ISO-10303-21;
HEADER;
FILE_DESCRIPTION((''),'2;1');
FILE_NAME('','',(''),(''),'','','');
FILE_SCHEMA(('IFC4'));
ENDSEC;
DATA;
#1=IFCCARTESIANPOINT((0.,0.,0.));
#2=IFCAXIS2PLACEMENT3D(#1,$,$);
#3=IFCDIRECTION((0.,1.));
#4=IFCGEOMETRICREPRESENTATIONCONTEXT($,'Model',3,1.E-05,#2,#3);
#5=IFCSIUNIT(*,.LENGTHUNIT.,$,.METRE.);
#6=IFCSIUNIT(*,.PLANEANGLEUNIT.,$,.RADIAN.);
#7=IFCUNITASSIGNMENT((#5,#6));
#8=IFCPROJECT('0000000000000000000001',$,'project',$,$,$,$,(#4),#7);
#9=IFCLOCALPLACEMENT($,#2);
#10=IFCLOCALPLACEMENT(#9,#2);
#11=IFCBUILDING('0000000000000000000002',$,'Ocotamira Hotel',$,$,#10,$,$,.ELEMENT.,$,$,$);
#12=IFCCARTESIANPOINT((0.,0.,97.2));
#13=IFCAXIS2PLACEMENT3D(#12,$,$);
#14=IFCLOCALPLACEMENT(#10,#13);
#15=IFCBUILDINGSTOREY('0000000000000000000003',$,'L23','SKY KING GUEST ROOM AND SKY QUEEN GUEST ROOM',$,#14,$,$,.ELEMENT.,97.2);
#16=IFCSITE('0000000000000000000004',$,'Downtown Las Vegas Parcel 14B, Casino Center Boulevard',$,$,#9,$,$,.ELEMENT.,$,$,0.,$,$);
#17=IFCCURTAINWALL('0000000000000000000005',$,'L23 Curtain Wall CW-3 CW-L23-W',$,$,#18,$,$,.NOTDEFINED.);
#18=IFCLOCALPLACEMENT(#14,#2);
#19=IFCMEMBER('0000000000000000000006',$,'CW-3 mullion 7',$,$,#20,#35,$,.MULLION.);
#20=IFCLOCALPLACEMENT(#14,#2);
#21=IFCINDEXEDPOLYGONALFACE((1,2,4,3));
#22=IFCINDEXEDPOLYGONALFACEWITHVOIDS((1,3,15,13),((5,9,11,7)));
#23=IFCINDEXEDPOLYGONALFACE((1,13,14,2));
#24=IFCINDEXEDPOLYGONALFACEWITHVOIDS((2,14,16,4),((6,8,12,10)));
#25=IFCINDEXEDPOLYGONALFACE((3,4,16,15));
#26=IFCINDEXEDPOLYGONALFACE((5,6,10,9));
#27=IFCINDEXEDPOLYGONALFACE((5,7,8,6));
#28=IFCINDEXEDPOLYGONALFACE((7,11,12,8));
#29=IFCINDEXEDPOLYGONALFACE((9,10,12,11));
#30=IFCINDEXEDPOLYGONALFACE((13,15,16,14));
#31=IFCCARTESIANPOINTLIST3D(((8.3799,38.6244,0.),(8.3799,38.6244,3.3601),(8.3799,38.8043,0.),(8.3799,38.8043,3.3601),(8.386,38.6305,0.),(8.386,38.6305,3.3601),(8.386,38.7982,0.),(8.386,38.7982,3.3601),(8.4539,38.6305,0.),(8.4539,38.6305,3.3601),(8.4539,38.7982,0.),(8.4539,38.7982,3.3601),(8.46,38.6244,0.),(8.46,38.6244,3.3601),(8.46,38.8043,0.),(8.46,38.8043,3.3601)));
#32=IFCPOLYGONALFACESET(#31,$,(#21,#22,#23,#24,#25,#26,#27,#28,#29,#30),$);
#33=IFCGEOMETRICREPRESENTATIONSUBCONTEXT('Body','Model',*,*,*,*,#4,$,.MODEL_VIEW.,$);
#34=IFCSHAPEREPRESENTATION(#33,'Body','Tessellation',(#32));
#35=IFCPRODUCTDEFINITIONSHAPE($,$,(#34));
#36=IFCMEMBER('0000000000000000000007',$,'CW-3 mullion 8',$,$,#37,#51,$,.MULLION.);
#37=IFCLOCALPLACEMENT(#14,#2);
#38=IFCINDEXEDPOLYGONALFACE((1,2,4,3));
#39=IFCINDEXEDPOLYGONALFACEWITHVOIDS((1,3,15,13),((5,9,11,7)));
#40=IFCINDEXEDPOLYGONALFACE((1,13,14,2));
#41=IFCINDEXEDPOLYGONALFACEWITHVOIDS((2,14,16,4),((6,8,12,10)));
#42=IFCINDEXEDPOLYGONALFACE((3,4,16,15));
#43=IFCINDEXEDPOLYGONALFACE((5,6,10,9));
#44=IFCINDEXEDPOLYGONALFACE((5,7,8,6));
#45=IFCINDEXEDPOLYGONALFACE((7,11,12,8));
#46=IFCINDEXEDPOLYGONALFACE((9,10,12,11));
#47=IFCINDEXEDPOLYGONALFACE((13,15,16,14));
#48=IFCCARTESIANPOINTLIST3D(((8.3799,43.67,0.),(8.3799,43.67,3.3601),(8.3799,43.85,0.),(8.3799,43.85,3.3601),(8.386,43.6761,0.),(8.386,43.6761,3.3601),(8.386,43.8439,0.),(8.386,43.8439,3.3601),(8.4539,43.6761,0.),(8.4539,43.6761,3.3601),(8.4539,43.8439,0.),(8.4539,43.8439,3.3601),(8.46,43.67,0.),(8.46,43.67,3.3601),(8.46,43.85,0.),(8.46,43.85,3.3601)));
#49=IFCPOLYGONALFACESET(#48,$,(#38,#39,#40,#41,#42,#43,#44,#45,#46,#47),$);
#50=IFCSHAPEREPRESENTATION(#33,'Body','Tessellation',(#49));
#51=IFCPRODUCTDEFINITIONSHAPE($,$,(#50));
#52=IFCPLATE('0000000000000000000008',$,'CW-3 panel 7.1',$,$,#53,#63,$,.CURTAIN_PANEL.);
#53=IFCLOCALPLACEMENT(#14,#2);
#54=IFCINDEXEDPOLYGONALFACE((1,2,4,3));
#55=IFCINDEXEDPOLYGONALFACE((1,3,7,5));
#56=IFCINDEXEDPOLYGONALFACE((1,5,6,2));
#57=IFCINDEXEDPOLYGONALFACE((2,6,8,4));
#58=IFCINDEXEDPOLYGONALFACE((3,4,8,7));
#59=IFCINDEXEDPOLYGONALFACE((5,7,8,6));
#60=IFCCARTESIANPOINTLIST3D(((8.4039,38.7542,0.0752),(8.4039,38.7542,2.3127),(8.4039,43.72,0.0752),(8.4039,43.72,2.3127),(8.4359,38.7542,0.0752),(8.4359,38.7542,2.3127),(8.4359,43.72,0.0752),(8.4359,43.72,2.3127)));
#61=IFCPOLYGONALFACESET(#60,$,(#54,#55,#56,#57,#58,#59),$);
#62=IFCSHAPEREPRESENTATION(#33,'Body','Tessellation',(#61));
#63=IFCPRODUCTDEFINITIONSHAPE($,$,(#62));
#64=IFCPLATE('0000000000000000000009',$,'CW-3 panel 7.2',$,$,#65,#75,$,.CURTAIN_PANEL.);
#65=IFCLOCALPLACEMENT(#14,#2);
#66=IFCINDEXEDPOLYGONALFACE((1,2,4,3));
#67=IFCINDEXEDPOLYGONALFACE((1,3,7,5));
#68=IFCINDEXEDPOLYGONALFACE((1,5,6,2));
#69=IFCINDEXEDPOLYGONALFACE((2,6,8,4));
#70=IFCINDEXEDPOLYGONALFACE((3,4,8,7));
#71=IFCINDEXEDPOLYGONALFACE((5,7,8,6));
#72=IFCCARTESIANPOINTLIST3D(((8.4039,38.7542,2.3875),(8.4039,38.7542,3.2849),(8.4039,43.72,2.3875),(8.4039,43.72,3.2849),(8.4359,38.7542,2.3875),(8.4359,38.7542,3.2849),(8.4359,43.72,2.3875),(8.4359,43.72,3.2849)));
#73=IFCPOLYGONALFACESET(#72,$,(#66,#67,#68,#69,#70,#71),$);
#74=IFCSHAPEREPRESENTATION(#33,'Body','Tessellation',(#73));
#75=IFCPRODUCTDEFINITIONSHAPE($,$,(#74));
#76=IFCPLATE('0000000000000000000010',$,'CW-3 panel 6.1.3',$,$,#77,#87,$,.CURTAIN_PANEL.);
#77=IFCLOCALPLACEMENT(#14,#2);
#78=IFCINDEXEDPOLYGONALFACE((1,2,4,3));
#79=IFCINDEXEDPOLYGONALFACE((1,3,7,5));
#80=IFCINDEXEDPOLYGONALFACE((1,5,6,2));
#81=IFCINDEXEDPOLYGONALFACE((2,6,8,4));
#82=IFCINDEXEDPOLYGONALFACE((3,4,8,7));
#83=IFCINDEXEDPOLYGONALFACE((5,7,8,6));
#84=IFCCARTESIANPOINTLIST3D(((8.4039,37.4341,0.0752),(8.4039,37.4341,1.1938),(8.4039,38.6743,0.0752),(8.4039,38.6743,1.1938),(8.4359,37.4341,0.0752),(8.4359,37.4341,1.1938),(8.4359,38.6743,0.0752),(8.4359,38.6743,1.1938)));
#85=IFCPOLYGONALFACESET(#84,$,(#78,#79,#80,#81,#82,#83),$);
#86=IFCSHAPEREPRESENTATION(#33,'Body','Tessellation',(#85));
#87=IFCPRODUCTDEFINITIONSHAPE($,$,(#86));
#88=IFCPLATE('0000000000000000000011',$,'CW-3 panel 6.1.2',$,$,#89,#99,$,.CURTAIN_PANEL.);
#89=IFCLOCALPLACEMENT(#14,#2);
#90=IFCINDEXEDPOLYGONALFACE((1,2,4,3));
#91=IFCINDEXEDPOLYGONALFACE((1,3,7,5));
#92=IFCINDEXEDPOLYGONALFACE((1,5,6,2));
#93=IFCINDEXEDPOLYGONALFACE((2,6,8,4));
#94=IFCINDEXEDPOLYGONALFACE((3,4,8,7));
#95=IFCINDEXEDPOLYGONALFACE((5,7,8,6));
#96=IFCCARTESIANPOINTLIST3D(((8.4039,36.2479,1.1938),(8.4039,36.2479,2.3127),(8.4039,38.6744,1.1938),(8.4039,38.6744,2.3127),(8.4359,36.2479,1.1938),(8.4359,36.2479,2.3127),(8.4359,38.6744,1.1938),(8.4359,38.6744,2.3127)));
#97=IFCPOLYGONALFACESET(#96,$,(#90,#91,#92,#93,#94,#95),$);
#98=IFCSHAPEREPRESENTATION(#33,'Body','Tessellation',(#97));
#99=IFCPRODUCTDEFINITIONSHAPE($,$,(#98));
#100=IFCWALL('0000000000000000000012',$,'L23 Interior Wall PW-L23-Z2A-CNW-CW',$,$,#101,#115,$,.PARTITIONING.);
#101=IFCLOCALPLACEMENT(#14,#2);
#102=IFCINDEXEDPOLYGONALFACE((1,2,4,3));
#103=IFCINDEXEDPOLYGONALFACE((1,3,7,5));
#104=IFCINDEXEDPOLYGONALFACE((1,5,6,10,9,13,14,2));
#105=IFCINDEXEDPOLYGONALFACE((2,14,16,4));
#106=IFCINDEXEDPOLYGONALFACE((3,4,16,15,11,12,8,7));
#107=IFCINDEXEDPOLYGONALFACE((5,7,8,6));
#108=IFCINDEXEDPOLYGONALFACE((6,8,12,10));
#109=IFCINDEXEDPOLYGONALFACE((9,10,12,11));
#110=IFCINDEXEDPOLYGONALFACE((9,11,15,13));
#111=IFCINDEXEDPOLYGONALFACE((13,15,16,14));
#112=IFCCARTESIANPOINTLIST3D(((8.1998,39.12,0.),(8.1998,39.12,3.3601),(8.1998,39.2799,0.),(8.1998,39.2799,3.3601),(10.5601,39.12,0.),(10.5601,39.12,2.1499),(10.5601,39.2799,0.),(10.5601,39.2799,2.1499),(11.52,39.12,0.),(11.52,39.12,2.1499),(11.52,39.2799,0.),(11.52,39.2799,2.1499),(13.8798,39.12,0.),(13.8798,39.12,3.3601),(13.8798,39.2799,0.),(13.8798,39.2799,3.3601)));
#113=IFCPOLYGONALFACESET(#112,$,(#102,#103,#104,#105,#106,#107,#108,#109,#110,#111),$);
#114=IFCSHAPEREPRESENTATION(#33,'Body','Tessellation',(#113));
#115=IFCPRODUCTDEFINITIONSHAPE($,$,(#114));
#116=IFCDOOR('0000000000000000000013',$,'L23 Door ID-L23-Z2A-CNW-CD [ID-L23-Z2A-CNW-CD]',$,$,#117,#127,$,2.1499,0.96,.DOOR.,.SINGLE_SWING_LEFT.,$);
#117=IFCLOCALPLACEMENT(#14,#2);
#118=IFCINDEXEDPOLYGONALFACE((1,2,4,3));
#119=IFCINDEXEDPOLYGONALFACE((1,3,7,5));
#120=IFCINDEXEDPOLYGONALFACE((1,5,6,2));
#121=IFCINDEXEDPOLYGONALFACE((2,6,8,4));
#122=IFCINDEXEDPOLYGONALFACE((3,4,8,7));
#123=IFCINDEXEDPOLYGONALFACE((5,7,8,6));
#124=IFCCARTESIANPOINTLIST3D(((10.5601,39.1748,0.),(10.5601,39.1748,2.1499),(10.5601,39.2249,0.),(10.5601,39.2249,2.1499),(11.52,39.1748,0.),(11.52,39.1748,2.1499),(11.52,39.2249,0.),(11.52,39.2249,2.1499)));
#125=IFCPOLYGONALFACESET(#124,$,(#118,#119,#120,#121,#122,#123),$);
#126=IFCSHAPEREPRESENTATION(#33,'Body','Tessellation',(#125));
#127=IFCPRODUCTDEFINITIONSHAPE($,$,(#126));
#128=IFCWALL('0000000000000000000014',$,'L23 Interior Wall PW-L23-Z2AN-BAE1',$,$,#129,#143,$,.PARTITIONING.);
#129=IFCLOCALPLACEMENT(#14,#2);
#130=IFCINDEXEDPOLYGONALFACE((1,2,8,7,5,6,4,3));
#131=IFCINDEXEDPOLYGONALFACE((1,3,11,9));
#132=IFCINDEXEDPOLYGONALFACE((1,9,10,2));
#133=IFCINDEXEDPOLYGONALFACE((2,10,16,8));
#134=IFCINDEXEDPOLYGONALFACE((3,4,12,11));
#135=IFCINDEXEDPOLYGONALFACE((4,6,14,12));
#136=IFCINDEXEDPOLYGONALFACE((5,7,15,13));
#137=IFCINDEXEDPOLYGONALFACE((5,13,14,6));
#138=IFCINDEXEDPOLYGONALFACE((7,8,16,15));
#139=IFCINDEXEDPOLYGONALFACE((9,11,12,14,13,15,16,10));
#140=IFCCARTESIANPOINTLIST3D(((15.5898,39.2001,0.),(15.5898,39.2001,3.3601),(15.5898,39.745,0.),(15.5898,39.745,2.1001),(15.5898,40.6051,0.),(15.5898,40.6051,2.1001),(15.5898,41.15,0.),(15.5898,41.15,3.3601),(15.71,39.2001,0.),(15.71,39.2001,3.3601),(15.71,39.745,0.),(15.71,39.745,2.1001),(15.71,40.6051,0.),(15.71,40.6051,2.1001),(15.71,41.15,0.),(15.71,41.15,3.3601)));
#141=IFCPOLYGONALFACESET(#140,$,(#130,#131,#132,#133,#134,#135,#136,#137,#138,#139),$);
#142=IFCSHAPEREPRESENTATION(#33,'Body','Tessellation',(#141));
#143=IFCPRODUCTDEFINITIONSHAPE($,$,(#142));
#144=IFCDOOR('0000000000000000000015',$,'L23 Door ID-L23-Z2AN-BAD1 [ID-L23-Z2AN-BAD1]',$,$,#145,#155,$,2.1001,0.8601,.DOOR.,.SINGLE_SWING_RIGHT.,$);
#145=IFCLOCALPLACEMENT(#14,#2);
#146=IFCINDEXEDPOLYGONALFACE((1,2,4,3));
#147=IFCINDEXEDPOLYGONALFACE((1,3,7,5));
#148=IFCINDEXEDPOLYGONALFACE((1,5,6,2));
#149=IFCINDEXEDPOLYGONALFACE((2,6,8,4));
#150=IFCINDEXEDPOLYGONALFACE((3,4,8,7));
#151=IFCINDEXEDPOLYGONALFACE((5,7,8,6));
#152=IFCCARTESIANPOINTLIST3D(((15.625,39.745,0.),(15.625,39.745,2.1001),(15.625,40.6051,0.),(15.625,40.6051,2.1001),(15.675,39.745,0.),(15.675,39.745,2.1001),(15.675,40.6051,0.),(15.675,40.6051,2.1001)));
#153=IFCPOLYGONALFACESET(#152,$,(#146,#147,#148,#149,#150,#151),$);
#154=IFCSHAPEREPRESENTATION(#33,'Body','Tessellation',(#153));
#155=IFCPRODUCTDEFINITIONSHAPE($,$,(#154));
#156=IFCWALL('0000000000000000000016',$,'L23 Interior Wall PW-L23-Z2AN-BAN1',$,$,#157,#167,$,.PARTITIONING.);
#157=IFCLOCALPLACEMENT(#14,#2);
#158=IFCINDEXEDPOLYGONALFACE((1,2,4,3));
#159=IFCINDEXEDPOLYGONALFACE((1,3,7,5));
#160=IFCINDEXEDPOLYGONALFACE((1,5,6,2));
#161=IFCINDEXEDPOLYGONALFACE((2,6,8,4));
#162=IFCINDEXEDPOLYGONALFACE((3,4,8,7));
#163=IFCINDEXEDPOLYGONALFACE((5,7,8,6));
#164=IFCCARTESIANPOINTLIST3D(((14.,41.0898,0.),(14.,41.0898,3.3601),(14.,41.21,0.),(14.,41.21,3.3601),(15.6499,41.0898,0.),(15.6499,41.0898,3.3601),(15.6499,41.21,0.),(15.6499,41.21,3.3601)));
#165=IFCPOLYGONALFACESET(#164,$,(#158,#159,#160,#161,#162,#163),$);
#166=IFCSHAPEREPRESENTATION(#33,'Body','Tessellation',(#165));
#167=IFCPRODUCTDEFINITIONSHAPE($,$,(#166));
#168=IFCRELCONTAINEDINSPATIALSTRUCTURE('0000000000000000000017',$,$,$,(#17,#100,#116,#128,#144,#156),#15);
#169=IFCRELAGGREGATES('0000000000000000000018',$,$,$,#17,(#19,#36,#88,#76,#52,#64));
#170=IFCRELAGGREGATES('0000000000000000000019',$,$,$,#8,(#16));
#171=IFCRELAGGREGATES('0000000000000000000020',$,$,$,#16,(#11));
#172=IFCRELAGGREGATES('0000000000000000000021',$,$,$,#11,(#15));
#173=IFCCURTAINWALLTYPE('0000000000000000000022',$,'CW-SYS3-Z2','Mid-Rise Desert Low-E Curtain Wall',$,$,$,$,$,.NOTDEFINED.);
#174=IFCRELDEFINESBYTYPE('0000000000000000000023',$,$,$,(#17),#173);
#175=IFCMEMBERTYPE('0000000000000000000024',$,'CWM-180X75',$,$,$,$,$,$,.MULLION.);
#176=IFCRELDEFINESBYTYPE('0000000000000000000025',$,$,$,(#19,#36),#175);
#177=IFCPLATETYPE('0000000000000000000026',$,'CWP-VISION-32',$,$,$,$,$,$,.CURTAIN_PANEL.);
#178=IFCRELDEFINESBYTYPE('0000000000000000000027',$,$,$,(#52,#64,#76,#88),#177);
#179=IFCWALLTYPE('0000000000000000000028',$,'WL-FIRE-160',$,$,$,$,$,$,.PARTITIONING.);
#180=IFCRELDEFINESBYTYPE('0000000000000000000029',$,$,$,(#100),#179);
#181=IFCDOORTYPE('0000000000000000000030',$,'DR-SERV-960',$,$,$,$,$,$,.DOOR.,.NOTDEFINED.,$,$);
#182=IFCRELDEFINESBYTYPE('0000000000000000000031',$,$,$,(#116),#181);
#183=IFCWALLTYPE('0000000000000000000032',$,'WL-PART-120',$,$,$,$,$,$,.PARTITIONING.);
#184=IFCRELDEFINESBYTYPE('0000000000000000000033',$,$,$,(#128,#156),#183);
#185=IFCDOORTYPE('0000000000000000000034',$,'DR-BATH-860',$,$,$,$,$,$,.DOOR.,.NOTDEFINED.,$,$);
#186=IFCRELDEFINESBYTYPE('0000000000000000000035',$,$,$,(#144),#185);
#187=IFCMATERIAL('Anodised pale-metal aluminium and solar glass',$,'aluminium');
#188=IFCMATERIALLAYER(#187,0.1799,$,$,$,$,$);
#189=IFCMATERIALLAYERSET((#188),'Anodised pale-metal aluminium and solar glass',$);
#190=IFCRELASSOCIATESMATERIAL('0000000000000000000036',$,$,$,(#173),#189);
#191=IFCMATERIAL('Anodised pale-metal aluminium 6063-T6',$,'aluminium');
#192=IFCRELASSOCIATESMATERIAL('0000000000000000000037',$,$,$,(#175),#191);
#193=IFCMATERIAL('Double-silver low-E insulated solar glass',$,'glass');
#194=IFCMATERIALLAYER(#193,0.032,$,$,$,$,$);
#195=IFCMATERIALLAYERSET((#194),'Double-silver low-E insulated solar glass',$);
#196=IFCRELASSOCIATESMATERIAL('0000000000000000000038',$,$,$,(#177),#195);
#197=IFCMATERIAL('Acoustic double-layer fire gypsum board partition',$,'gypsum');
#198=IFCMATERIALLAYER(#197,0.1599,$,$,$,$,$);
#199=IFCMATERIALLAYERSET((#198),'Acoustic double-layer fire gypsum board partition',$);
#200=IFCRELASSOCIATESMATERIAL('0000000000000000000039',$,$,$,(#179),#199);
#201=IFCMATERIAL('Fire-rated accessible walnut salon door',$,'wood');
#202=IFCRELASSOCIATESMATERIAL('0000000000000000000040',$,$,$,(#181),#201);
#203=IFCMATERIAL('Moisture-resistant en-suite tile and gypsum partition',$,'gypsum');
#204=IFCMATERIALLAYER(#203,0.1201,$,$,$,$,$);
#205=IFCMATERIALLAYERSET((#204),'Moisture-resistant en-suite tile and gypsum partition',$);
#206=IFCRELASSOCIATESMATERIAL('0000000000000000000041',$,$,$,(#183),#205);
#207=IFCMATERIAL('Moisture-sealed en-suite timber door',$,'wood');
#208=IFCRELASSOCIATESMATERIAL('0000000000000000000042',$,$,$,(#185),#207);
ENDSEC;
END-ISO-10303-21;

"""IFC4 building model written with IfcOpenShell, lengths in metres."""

from ifc_helpers import new_model, si_unit, direction, frame, frame_2d, origin, origin_2d, place, context, subcontext, project, spatial, rectangle, hollow_rectangle, extrude, source, transform, mapped, material, layer, layer_set, material_profile, profile_set, type_object, element, fill, aggregate, save


model = new_model("IFC4")

# Units and contexts
model_context = context("Model", 3, precision=1e-05, world=origin(), true_north=direction((0.0, 1.0)))
body_context = subcontext(model_context, "Body", "Model", "MODEL_VIEW")
ifc_project = project(units=[si_unit("LENGTHUNIT", "METRE"), si_unit("PLANEANGLEUNIT", "RADIAN")], contexts=[model_context])

# Site, building, storey
site_placement = place(None, origin())
site = spatial("IfcSite", under=ifc_project, at=site_placement, Name="Downtown Las Vegas Parcel 14B, Casino Center Boulevard", CompositionType="ELEMENT", RefElevation=0.0)
building_placement = place(site_placement, origin())
building = spatial("IfcBuilding", under=site, at=building_placement, Name="Ocotamira Hotel", CompositionType="ELEMENT")
storey_placement = place(building_placement, frame((0.0, 0.0, 97.2)))
storey = spatial("IfcBuildingStorey", under=building, at=storey_placement, Name="L23", Description="SKY KING GUEST ROOM AND SKY QUEEN GUEST ROOM", CompositionType="ELEMENT", Elevation=97.2)

# Curtain wall, members, plates
ifc_material_1 = material(Name="Anodised pale-metal aluminium and solar glass", Category="aluminium")
ifc_layer_1 = layer(ifc_material_1, 0.1799)
ifc_layer_set_1 = layer_set([ifc_layer_1], Name="Anodised pale-metal aluminium and solar glass")
curtain_wall_type = type_object("IfcCurtainWallType", Name="CW-SYS3-Z2", Description="Mid-Rise Desert Low-E Curtain Wall", PredefinedType="NOTDEFINED", material=ifc_layer_set_1)
curtain_wall_placement = place(storey_placement, origin())
curtain_wall = element("IfcCurtainWall", 1, at=curtain_wall_placement, inside=storey, type_object=curtain_wall_type, Name="L23 Curtain Wall CW-3 CW-L23-W", PredefinedType="NOTDEFINED")
ifc_material_2 = material(Name="Anodised pale-metal aluminium 6063-T6", Category="aluminium")
ifc_material_profile_1 = material_profile(ifc_material_2, hollow_rectangle(XDim=0.0801, YDim=0.1799, WallThickness=0.0061, at=origin_2d()), Name="HSS180X80X6")
ifc_profile_set_1 = profile_set([ifc_material_profile_1], Name="Anodised pale-metal aluminium 6063-T6")
member_type_1 = type_object("IfcMemberType", Name="CWM-180X75", PredefinedType="MULLION", material=ifc_profile_set_1)
shared_shape_1 = source(origin(), body_context, "Body", "SweptSolid", [
    extrude(hollow_rectangle(XDim=0.0801, YDim=0.1799, WallThickness=0.0061, at=origin_2d()), origin(), (0.0, 0.0, 1.0), 3.3601),
])
member_1_placement = place(storey_placement, frame((8.4199, 38.7144, 0.0), z_axis=(0.0, 0.0, 1.0), x_axis=(-1.0, 0.0, 0.0)))
member_1 = element("IfcMember", 2, at=member_1_placement, type_object=member_type_1, Name="CW-3 mullion 7", PredefinedType="MULLION", context=body_context, shape_type="MappedRepresentation", body=[
    mapped(shared_shape_1, transform((0.0, 0.0, 0.0), scale=1.0)),
])
member_2_placement = place(storey_placement, frame((8.4199, 43.76, 0.0), z_axis=(0.0, 0.0, 1.0), x_axis=(-1.0, 0.0, 0.0)))
member_2 = element("IfcMember", 3, at=member_2_placement, type_object=member_type_1, Name="CW-3 mullion 8", PredefinedType="MULLION", context=body_context, shape_type="MappedRepresentation", body=[
    mapped(shared_shape_1, transform((0.0, 0.0, 0.0), scale=1.0)),
])
ifc_material_3 = material(Name="Double-silver low-E insulated solar glass", Category="glass")
ifc_layer_2 = layer(ifc_material_3, 0.032)
ifc_layer_set_2 = layer_set([ifc_layer_2], Name="Double-silver low-E insulated solar glass")
plate_type = type_object("IfcPlateType", Name="CWP-VISION-32", PredefinedType="CURTAIN_PANEL", material=ifc_layer_set_2)
shared_shape_2 = source(origin(), body_context, "Body", "SweptSolid", [
    extrude(rectangle(XDim=4.9658, YDim=0.032, at=origin_2d()), origin(), (0.0, 0.0, 1.0), 2.2375),
])
plate_1_placement = place(storey_placement, frame((8.4199, 41.2371, 0.0752), z_axis=(0.0, 0.0, 1.0), x_axis=(0.0, 1.0, 0.0)))
plate_1 = element("IfcPlate", 4, at=plate_1_placement, type_object=plate_type, Name="CW-3 panel 7.1", PredefinedType="CURTAIN_PANEL", context=body_context, shape_type="MappedRepresentation", body=[
    mapped(shared_shape_2, transform((0.0, 0.0, 0.0), scale=1.0)),
])
shared_shape_3 = source(origin(), body_context, "Body", "SweptSolid", [
    extrude(rectangle(XDim=4.9658, YDim=0.032, at=origin_2d()), origin(), (0.0, 0.0, 1.0), 0.8975),
])
plate_2_placement = place(storey_placement, frame((8.4199, 41.2371, 2.3875), z_axis=(0.0, 0.0, 1.0), x_axis=(0.0, 1.0, 0.0)))
plate_2 = element("IfcPlate", 5, at=plate_2_placement, type_object=plate_type, Name="CW-3 panel 7.2", PredefinedType="CURTAIN_PANEL", context=body_context, shape_type="MappedRepresentation", body=[
    mapped(shared_shape_3, transform((0.0, 0.0, 0.0), scale=1.0)),
])
shared_shape_4 = source(origin(), body_context, "Body", "SweptSolid", [
    extrude(rectangle(XDim=1.2402, YDim=0.032, at=origin_2d()), origin(), (0.0, 0.0, 1.0), 1.1187),
])
plate_3_placement = place(storey_placement, frame((8.4199, 38.0542, 0.0752), z_axis=(0.0, 0.0, 1.0), x_axis=(0.0, 1.0, 0.0)))
plate_3 = element("IfcPlate", 6, at=plate_3_placement, type_object=plate_type, Name="CW-3 panel 6.1.3", PredefinedType="CURTAIN_PANEL", context=body_context, shape_type="MappedRepresentation", body=[
    mapped(shared_shape_4, transform((0.0, 0.0, 0.0), scale=1.0)),
])
shared_shape_5 = source(origin(), body_context, "Body", "SweptSolid", [
    extrude(rectangle(XDim=2.4265, YDim=0.032, at=origin_2d()), origin(), (0.0, 0.0, 1.0), 1.1189),
])
plate_4_placement = place(storey_placement, frame((8.4199, 37.4612, 1.1938), z_axis=(0.0, 0.0, 1.0), x_axis=(0.0, 1.0, 0.0)))
plate_4 = element("IfcPlate", 7, at=plate_4_placement, type_object=plate_type, Name="CW-3 panel 6.1.2", PredefinedType="CURTAIN_PANEL", context=body_context, shape_type="MappedRepresentation", body=[
    mapped(shared_shape_5, transform((0.0, 0.0, 0.0), scale=1.0)),
])
aggregate(curtain_wall, [member_1, member_2, plate_4, plate_3, plate_1, plate_2])

# Wall, opening, door
ifc_material_4 = material(Name="Acoustic double-layer fire gypsum board partition", Category="gypsum")
ifc_layer_3 = layer(ifc_material_4, 0.1599)
ifc_layer_set_3 = layer_set([ifc_layer_3], Name="Acoustic double-layer fire gypsum board partition")
wall_type_1 = type_object("IfcWallType", Name="WL-FIRE-160", PredefinedType="PARTITIONING", material=ifc_layer_set_3)
wall_1_placement = place(storey_placement, frame((8.2, 39.2, 0.0), z_axis=(0.0, 0.0, 1.0), x_axis=(1.0, 0.0, 0.0)))
wall_1 = element("IfcWall", 8, at=wall_1_placement, inside=storey, type_object=wall_type_1, Name="L23 Interior Wall PW-L23-Z2A-CNW-CW", PredefinedType="PARTITIONING", context=body_context, shape_type="SweptSolid", body=[
    extrude(rectangle(XDim=5.6799, YDim=0.1599, at=frame_2d((2.8398, 0.0))), origin(), (0.0, 0.0, 1.0), 3.3601),
])
opening_1_placement = place(wall_1_placement, frame((2.3601, 0.0, 0.0)))
opening_1 = element("IfcOpeningElement", 9, at=opening_1_placement, cuts=wall_1, PredefinedType="OPENING", context=body_context, shape_type="SweptSolid", body=[
    extrude(rectangle(XDim=0.96, YDim=2.1499, at=frame_2d((0.48, 1.075))), frame((0.0, 0.0898, 0.0), z_axis=(0.0, -1.0, 0.0), x_axis=(1.0, 0.0, 0.0)), (0.0, 0.0, 1.0), 0.1799),
])
ifc_material_5 = material(Name="Fire-rated accessible walnut salon door", Category="wood")
door_type_1 = type_object("IfcDoorType", Name="DR-SERV-960", OperationType="NOTDEFINED", PredefinedType="DOOR", material=ifc_material_5)
shared_shape_6 = source(origin(), body_context, "Body", "SweptSolid", [
    extrude(rectangle(XDim=0.96, YDim=2.1499, at=frame_2d((0.48, 1.075))), frame((0.0, 0.0249, 0.0), z_axis=(0.0, -1.0, 0.0), x_axis=(1.0, 0.0, 0.0)), (0.0, 0.0, 1.0), 0.05),
])
door_1_placement = place(opening_1_placement, origin())
door_1 = element("IfcDoor", 10, at=door_1_placement, inside=storey, type_object=door_type_1, Name="L23 Door ID-L23-Z2A-CNW-CD [ID-L23-Z2A-CNW-CD]", OperationType="SINGLE_SWING_LEFT", OverallHeight=2.1499, OverallWidth=0.96, PredefinedType="DOOR", context=body_context, shape_type="MappedRepresentation", body=[
    mapped(shared_shape_6, transform((0.0, 0.0, 0.0), scale=1.0)),
])
fill(opening_1, door_1)

# Wall, opening, door
ifc_material_6 = material(Name="Moisture-resistant en-suite tile and gypsum partition", Category="gypsum")
ifc_layer_4 = layer(ifc_material_6, 0.1201)
ifc_layer_set_4 = layer_set([ifc_layer_4], Name="Moisture-resistant en-suite tile and gypsum partition")
wall_type_2 = type_object("IfcWallType", Name="WL-PART-120", PredefinedType="PARTITIONING", material=ifc_layer_set_4)
wall_2_placement = place(storey_placement, frame((15.6499, 39.2, 0.0), z_axis=(0.0, 0.0, 1.0), x_axis=(0.0, 1.0, 0.0)))
wall_2 = element("IfcWall", 11, at=wall_2_placement, inside=storey, type_object=wall_type_2, Name="L23 Interior Wall PW-L23-Z2AN-BAE1", PredefinedType="PARTITIONING", context=body_context, shape_type="SweptSolid", body=[
    extrude(rectangle(XDim=1.95, YDim=0.1201, at=frame_2d((0.9751, 0.0))), origin(), (0.0, 0.0, 1.0), 3.3601),
])
opening_2_placement = place(wall_2_placement, frame((0.5449, 0.0, 0.0)))
opening_2 = element("IfcOpeningElement", 12, at=opening_2_placement, cuts=wall_2, PredefinedType="OPENING", context=body_context, shape_type="SweptSolid", body=[
    extrude(rectangle(XDim=0.8601, YDim=2.1001, at=frame_2d((0.4302, 1.05))), frame((0.0, 0.0701, 0.0), z_axis=(0.0, -1.0, 0.0), x_axis=(1.0, 0.0, 0.0)), (0.0, 0.0, 1.0), 0.1401),
])
ifc_material_7 = material(Name="Moisture-sealed en-suite timber door", Category="wood")
door_type_2 = type_object("IfcDoorType", Name="DR-BATH-860", OperationType="NOTDEFINED", PredefinedType="DOOR", material=ifc_material_7)
shared_shape_7 = source(origin(), body_context, "Body", "SweptSolid", [
    extrude(rectangle(XDim=0.8601, YDim=2.1001, at=frame_2d((0.4302, 1.05))), frame((0.0, 0.0249, 0.0), z_axis=(0.0, -1.0, 0.0), x_axis=(1.0, 0.0, 0.0)), (0.0, 0.0, 1.0), 0.05),
])
door_2_placement = place(opening_2_placement, origin())
door_2 = element("IfcDoor", 13, at=door_2_placement, inside=storey, type_object=door_type_2, Name="L23 Door ID-L23-Z2AN-BAD1 [ID-L23-Z2AN-BAD1]", OperationType="SINGLE_SWING_RIGHT", OverallHeight=2.1001, OverallWidth=0.8601, PredefinedType="DOOR", context=body_context, shape_type="MappedRepresentation", body=[
    mapped(shared_shape_7, transform((0.0, 0.0, 0.0), scale=1.0)),
])
fill(opening_2, door_2)

# Wall
wall_3_placement = place(storey_placement, frame((14.0, 41.1499, 0.0), z_axis=(0.0, 0.0, 1.0), x_axis=(1.0, 0.0, 0.0)))
element("IfcWall", 14, at=wall_3_placement, inside=storey, type_object=wall_type_2, Name="L23 Interior Wall PW-L23-Z2AN-BAN1", PredefinedType="PARTITIONING", context=body_context, shape_type="SweptSolid", body=[
    extrude(rectangle(XDim=1.6499, YDim=0.1201, at=frame_2d((0.825, 0.0))), origin(), (0.0, 0.0, 1.0), 3.3601),
])

save(model, "model.ifc")
